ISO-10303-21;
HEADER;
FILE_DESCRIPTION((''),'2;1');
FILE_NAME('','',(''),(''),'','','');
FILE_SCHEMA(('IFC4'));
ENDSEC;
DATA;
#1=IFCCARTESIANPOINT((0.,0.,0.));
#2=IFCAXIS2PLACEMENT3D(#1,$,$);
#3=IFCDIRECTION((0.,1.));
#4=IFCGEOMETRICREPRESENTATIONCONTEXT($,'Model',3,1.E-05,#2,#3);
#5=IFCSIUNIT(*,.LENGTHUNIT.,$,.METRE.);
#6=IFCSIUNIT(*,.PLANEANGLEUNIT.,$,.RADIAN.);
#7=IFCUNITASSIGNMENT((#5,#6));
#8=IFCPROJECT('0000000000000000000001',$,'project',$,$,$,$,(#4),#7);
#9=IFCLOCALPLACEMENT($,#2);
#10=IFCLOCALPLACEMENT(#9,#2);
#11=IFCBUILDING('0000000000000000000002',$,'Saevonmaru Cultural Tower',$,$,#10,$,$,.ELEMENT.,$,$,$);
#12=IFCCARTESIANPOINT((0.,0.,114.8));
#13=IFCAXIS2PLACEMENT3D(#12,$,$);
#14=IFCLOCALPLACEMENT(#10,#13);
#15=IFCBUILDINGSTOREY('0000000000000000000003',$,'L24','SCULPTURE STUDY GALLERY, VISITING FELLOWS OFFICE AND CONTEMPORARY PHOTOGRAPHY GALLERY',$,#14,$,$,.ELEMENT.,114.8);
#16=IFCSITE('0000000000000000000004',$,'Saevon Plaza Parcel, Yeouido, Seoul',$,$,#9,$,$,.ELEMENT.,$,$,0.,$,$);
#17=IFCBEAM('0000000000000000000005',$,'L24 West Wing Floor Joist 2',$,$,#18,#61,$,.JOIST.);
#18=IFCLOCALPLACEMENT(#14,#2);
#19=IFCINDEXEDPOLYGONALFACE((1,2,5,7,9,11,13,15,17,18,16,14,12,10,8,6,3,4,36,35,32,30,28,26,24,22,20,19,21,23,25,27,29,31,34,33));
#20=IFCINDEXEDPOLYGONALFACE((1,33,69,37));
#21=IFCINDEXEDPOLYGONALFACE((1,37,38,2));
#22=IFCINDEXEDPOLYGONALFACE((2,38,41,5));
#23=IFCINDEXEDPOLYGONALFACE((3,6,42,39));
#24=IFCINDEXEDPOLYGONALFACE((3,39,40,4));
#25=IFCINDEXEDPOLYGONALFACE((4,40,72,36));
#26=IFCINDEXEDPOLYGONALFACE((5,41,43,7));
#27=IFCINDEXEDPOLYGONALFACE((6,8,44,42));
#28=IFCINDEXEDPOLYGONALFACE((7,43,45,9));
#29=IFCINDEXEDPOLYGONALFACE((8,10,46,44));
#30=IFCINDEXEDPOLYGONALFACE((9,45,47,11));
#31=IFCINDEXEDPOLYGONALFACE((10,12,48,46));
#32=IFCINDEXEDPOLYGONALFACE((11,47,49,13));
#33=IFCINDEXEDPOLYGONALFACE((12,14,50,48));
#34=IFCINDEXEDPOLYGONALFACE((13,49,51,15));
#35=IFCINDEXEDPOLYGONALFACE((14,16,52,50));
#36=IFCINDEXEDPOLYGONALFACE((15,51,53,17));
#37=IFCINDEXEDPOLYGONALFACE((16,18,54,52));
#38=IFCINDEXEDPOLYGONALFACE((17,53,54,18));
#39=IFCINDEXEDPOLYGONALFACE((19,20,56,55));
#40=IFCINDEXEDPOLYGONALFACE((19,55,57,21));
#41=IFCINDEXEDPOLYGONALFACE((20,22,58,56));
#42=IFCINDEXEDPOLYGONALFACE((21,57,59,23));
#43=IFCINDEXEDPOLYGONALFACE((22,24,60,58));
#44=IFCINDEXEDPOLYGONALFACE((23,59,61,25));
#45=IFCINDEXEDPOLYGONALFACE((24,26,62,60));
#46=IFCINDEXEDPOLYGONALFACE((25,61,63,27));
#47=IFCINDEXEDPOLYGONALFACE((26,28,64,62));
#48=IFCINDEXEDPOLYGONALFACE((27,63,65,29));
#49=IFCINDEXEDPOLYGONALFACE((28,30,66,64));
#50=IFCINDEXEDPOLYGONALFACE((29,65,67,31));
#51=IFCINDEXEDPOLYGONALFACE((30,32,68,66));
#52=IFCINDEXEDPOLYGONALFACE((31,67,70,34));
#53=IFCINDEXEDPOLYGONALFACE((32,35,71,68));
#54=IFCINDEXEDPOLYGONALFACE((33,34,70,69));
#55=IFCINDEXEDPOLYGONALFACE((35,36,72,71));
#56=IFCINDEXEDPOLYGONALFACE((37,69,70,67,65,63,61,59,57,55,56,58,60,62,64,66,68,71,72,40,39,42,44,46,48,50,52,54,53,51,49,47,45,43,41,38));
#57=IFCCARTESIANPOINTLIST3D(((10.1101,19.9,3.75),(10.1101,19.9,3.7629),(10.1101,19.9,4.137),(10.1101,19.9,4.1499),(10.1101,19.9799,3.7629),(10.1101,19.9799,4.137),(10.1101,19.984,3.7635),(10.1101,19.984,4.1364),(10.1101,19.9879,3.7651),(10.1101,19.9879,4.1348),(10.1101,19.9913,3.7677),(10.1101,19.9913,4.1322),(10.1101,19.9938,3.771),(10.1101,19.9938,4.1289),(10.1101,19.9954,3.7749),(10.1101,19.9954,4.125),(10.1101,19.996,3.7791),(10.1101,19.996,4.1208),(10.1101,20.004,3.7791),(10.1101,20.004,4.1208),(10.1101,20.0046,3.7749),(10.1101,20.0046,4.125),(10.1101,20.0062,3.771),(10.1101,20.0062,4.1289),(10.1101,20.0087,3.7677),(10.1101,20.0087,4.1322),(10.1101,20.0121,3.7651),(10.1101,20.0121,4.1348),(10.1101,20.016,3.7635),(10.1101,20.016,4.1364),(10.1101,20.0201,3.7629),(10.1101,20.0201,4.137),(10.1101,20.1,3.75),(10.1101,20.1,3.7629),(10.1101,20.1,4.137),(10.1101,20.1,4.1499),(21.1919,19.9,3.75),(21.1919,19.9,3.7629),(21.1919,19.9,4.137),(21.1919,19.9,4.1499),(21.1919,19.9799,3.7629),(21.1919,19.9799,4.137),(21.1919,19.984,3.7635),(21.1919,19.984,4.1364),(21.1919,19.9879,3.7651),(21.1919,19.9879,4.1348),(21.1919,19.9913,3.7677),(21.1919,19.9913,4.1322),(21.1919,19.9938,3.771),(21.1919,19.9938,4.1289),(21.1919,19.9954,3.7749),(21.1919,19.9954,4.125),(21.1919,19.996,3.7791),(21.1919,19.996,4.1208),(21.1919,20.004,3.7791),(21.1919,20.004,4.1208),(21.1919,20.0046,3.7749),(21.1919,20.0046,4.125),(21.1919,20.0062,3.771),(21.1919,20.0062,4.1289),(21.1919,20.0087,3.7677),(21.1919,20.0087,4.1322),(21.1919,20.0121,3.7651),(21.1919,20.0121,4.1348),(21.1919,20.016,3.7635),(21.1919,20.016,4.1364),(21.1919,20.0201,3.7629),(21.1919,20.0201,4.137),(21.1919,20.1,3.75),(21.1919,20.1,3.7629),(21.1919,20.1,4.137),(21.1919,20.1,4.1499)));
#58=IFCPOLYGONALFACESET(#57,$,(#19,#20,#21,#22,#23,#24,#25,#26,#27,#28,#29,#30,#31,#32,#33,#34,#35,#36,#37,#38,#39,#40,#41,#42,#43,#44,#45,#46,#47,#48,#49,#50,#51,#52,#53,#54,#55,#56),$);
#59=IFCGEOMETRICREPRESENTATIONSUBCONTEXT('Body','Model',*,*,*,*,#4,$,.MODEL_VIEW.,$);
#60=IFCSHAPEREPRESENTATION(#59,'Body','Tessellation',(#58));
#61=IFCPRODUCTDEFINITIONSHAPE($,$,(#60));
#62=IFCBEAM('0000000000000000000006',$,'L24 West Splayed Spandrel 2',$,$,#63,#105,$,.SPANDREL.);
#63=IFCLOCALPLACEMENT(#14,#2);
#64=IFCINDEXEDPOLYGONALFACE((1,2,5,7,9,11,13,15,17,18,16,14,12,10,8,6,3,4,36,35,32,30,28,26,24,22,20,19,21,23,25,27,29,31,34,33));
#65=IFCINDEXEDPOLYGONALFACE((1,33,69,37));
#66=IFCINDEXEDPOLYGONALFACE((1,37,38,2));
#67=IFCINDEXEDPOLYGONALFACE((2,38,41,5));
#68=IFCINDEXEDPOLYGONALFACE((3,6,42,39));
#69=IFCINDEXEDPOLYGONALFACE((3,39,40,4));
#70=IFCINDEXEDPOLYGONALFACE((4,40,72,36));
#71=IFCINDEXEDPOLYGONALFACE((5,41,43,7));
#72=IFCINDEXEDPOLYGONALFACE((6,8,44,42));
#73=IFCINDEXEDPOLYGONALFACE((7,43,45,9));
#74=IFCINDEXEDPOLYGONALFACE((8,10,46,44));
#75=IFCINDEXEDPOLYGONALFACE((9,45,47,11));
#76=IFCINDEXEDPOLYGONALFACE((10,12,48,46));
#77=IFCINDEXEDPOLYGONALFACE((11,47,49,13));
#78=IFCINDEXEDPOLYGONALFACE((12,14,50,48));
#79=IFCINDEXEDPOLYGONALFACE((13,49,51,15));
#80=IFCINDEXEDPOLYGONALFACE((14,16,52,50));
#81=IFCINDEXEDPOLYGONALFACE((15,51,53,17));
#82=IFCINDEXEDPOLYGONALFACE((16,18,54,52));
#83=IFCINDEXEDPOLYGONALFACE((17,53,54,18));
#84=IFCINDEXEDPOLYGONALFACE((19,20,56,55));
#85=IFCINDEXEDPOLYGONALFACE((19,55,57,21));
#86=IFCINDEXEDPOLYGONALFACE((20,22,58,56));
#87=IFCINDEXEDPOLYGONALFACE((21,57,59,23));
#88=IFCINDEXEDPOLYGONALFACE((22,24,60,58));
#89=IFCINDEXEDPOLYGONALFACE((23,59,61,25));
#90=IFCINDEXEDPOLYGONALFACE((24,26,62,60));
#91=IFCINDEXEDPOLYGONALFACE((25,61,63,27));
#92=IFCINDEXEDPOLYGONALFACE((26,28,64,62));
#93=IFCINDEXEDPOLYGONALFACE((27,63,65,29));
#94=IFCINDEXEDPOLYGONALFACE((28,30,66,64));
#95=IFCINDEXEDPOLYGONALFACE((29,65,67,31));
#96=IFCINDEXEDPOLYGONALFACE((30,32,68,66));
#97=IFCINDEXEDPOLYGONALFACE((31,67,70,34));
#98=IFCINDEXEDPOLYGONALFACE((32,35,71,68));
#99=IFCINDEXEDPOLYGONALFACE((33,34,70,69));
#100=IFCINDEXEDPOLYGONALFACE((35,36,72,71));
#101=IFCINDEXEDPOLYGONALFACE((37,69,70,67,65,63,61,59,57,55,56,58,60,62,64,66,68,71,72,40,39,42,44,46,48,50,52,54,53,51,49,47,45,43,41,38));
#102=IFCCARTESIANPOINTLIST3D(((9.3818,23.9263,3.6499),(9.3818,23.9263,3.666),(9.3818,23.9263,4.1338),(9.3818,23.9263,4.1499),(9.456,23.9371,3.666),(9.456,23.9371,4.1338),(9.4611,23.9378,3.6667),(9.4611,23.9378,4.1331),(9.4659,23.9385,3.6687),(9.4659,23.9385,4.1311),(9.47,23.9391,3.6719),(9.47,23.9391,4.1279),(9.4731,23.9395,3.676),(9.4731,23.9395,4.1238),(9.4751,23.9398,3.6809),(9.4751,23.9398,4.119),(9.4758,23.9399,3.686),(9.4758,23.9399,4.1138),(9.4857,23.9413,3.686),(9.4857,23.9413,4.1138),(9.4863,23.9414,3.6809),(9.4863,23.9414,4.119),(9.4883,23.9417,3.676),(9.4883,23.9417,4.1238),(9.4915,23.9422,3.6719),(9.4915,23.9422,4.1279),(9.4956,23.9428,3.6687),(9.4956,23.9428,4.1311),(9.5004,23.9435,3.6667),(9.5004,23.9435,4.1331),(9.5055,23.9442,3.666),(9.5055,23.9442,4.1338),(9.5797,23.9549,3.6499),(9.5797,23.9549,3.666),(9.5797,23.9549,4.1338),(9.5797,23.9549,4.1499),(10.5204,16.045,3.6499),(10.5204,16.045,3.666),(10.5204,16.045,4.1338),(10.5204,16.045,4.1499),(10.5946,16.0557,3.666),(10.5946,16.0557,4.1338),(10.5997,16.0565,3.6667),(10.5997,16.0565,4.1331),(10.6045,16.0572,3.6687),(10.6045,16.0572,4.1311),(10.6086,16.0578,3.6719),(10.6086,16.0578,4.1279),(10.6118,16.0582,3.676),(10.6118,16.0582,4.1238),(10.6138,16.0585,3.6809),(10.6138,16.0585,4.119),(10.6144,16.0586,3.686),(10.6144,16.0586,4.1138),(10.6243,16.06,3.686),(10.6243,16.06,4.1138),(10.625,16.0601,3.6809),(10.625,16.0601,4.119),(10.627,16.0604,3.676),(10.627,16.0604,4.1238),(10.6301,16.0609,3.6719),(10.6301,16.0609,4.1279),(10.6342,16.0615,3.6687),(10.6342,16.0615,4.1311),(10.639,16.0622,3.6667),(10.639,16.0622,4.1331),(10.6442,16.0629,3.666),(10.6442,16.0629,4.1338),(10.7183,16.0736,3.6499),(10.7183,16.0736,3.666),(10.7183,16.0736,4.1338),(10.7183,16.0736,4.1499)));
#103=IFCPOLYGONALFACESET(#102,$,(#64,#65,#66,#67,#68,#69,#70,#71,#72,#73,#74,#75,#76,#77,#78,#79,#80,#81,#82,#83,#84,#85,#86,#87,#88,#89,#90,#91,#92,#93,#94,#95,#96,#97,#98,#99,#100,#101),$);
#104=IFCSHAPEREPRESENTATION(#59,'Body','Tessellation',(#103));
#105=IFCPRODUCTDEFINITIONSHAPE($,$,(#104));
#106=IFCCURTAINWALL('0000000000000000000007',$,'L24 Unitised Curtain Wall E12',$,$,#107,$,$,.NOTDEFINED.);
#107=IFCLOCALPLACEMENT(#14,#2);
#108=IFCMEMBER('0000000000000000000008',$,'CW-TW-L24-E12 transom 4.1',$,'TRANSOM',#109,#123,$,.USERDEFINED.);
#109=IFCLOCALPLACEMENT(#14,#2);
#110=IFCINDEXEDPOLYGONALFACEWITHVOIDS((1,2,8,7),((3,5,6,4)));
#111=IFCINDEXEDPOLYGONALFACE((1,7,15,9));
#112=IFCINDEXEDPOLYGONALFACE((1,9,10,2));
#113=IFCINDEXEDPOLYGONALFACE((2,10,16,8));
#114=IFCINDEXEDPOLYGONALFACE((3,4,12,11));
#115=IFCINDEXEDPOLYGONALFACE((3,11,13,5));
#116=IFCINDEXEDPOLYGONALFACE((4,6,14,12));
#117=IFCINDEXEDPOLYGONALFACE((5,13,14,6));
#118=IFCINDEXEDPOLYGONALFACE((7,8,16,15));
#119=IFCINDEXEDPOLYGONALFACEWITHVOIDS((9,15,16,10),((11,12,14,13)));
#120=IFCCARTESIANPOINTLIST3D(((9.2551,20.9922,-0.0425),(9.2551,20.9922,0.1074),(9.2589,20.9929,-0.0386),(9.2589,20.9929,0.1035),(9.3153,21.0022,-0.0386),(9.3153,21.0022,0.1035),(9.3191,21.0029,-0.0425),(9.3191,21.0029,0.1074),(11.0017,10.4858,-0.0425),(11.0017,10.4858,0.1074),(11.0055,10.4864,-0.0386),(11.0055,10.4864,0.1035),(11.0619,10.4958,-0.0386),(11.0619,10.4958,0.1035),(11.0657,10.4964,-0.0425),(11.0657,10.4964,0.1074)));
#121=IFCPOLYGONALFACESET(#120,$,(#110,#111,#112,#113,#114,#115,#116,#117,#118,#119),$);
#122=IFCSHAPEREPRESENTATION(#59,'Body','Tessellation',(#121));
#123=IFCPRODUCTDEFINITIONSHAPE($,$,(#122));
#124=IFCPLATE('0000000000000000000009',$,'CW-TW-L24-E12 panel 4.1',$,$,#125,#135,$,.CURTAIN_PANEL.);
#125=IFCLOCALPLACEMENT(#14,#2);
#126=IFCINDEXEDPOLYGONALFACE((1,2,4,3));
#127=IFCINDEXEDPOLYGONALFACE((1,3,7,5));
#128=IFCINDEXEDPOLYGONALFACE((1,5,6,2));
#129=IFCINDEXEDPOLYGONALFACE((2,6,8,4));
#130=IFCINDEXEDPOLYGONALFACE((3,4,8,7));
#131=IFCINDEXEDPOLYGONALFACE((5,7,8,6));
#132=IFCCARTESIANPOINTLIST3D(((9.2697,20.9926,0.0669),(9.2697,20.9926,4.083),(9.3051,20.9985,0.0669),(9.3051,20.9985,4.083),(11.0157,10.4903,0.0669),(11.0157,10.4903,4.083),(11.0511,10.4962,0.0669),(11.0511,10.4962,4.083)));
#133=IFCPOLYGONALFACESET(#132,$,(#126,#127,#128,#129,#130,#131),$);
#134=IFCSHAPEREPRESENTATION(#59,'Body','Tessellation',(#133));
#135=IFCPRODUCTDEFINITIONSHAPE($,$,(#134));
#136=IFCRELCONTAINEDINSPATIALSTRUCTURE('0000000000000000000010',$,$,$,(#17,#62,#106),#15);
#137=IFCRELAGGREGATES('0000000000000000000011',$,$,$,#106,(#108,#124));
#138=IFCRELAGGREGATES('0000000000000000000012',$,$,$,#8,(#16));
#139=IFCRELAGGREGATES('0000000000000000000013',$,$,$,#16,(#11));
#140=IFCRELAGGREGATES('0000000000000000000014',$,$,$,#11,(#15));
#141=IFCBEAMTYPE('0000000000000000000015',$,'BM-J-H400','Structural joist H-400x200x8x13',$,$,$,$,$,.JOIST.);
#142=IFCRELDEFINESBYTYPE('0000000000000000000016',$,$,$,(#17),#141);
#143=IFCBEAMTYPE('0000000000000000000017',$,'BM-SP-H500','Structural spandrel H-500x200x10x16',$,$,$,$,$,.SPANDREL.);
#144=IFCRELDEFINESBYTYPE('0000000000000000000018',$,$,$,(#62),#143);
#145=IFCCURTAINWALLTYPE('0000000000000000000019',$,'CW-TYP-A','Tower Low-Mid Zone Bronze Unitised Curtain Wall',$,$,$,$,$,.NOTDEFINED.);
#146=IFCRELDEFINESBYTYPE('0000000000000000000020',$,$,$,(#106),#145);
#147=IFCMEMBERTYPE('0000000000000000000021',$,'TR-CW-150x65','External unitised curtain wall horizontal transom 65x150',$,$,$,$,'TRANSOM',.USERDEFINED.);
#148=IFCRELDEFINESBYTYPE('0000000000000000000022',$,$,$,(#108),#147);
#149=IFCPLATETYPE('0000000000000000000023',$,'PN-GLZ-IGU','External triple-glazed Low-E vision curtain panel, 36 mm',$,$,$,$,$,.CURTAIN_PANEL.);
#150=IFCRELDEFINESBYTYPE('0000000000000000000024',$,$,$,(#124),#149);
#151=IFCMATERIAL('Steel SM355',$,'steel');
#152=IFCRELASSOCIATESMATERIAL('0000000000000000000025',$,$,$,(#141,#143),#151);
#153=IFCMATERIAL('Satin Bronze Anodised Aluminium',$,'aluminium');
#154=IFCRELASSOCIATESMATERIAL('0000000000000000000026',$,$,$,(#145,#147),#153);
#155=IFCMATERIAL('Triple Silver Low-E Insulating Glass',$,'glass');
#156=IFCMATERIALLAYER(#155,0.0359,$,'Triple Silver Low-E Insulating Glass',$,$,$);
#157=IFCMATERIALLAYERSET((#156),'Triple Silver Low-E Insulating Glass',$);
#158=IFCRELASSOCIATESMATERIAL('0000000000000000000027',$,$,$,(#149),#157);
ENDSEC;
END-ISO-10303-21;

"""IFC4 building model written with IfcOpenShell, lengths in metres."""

from ifc_helpers import new_model, si_unit, direction, frame, origin, origin_2d, place, context, subcontext, project, spatial, rectangle, hollow_rectangle, i_section, extrude, material, layer, layer_set, material_profile, profile_set, type_object, element, aggregate, save


model = new_model("IFC4")

# Units and contexts
model_context = context("Model", 3, precision=1e-05, world=origin(), true_north=direction((0.0, 1.0)))
body_context = subcontext(model_context, "Body", "Model", "MODEL_VIEW")
ifc_project = project(units=[si_unit("LENGTHUNIT", "METRE"), si_unit("PLANEANGLEUNIT", "RADIAN")], contexts=[model_context])

# Site, building, storey
site_placement = place(None, origin())
site = spatial("IfcSite", under=ifc_project, at=site_placement, Name="Saevon Plaza Parcel, Yeouido, Seoul", CompositionType="ELEMENT", RefElevation=0.0)
building_placement = place(site_placement, origin())
building = spatial("IfcBuilding", under=site, at=building_placement, Name="Saevonmaru Cultural Tower", CompositionType="ELEMENT")
storey_placement = place(building_placement, frame((0.0, 0.0, 114.8)))
storey = spatial("IfcBuildingStorey", under=building, at=storey_placement, Name="L24", Description="SCULPTURE STUDY GALLERY, VISITING FELLOWS OFFICE AND CONTEMPORARY PHOTOGRAPHY GALLERY", CompositionType="ELEMENT", Elevation=114.8)

# Beams
ifc_material_1 = material(Name="Steel SM355", Category="steel")
ifc_material_profile_1 = material_profile(ifc_material_1, i_section(OverallWidth=0.2, OverallDepth=0.3999, WebThickness=0.0081, FlangeThickness=0.0129, FilletRadius=0.0161, at=origin_2d()), Name="H-400x200x8x13")
ifc_profile_set_1 = profile_set([ifc_material_profile_1], Name="Steel SM355")
beam_type_1 = type_object("IfcBeamType", Name="BM-J-H400", Description="Structural joist H-400x200x8x13", PredefinedType="JOIST", material=ifc_profile_set_1)
beam_1_placement = place(storey_placement, frame((10.1101, 20.0, 3.95), z_axis=(1.0, 0.0, 0.0), x_axis=(0.0, 1.0, 0.0)))
element("IfcBeam", 1, at=beam_1_placement, inside=storey, type_object=beam_type_1, Name="L24 West Wing Floor Joist 2", PredefinedType="JOIST", context=body_context, shape_type="SweptSolid", body=[
    extrude(i_section(OverallWidth=0.2, OverallDepth=0.3999, WebThickness=0.0081, FlangeThickness=0.0129, FilletRadius=0.0161, at=origin_2d()), origin(), (0.0, 0.0, 1.0), 11.0818),
])
ifc_material_profile_2 = material_profile(ifc_material_1, i_section(OverallWidth=0.2, OverallDepth=0.5, WebThickness=0.01, FlangeThickness=0.0161, FilletRadius=0.02, at=origin_2d()), Name="H-500x200x10x16")
ifc_profile_set_2 = profile_set([ifc_material_profile_2], Name="Steel SM355")
beam_type_2 = type_object("IfcBeamType", Name="BM-SP-H500", Description="Structural spandrel H-500x200x10x16", PredefinedType="SPANDREL", material=ifc_profile_set_2)
beam_2_placement = place(storey_placement, frame((10.6194, 16.0593, 3.8999), z_axis=(-0.142992, 0.989724, 0.0), x_axis=(-0.989724, -0.142992, 0.0)))
element("IfcBeam", 2, at=beam_2_placement, inside=storey, type_object=beam_type_2, Name="L24 West Splayed Spandrel 2", PredefinedType="SPANDREL", context=body_context, shape_type="SweptSolid", body=[
    extrude(i_section(OverallWidth=0.2, OverallDepth=0.5, WebThickness=0.01, FlangeThickness=0.0161, FilletRadius=0.02, at=origin_2d()), origin(), (0.0, 0.0, 1.0), 7.9631),
])

# Curtain wall, member, plate
ifc_material_2 = material(Name="Satin Bronze Anodised Aluminium", Category="aluminium")
curtain_wall_type = type_object("IfcCurtainWallType", Name="CW-TYP-A", Description="Tower Low-Mid Zone Bronze Unitised Curtain Wall", PredefinedType="NOTDEFINED", material=ifc_material_2)
curtain_wall_placement = place(storey_placement, origin())
curtain_wall = element("IfcCurtainWall", 3, at=curtain_wall_placement, inside=storey, type_object=curtain_wall_type, Name="L24 Unitised Curtain Wall E12", PredefinedType="NOTDEFINED")
ifc_material_profile_3 = material_profile(ifc_material_2, hollow_rectangle(XDim=0.0649, YDim=0.1499, WallThickness=0.0039, at=origin_2d()), Name="ALU-TRAN-150x65x4")
ifc_profile_set_3 = profile_set([ifc_material_profile_3], Name="Satin Bronze Anodised Aluminium")
member_type = type_object("IfcMemberType", Name="TR-CW-150x65", Description="External unitised curtain wall horizontal transom 65x150", ElementType="TRANSOM", PredefinedType="USERDEFINED", material=ifc_profile_set_3)
member_placement = place(storey_placement, frame((9.2871, 20.9976, 0.0325), z_axis=(0.16399, -0.986462, 0.0), x_axis=(0.986462, 0.16399, 0.0)))
member = element("IfcMember", 4, at=member_placement, type_object=member_type, Name="CW-TW-L24-E12 transom 4.1", ObjectType="TRANSOM", PredefinedType="USERDEFINED", context=body_context, shape_type="SweptSolid", body=[
    extrude(hollow_rectangle(XDim=0.0649, YDim=0.1499, WallThickness=0.0039, at=origin_2d()), origin(), (0.0, 0.0, 1.0), 10.6506),
])
ifc_material_3 = material(Name="Triple Silver Low-E Insulating Glass", Category="glass")
ifc_layer_1 = layer(ifc_material_3, 0.0359, Name="Triple Silver Low-E Insulating Glass")
ifc_layer_set_1 = layer_set([ifc_layer_1], Name="Triple Silver Low-E Insulating Glass")
plate_type = type_object("IfcPlateType", Name="PN-GLZ-IGU", Description="External triple-glazed Low-E vision curtain panel, 36 mm", PredefinedType="CURTAIN_PANEL", material=ifc_layer_set_1)
plate_placement = place(storey_placement, frame((10.1604, 15.7444, 0.0669), z_axis=(0.0, 0.0, 1.0), x_axis=(0.163999, -0.986461, 0.0)))
plate = element("IfcPlate", 5, at=plate_placement, type_object=plate_type, Name="CW-TW-L24-E12 panel 4.1", PredefinedType="CURTAIN_PANEL", context=body_context, shape_type="SweptSolid", body=[
    extrude(rectangle(XDim=10.6465, YDim=0.0359, at=origin_2d()), origin(), (0.0, 0.0, 1.0), 4.0161),
])
aggregate(curtain_wall, [member, plate])

save(model, "model.ifc")
